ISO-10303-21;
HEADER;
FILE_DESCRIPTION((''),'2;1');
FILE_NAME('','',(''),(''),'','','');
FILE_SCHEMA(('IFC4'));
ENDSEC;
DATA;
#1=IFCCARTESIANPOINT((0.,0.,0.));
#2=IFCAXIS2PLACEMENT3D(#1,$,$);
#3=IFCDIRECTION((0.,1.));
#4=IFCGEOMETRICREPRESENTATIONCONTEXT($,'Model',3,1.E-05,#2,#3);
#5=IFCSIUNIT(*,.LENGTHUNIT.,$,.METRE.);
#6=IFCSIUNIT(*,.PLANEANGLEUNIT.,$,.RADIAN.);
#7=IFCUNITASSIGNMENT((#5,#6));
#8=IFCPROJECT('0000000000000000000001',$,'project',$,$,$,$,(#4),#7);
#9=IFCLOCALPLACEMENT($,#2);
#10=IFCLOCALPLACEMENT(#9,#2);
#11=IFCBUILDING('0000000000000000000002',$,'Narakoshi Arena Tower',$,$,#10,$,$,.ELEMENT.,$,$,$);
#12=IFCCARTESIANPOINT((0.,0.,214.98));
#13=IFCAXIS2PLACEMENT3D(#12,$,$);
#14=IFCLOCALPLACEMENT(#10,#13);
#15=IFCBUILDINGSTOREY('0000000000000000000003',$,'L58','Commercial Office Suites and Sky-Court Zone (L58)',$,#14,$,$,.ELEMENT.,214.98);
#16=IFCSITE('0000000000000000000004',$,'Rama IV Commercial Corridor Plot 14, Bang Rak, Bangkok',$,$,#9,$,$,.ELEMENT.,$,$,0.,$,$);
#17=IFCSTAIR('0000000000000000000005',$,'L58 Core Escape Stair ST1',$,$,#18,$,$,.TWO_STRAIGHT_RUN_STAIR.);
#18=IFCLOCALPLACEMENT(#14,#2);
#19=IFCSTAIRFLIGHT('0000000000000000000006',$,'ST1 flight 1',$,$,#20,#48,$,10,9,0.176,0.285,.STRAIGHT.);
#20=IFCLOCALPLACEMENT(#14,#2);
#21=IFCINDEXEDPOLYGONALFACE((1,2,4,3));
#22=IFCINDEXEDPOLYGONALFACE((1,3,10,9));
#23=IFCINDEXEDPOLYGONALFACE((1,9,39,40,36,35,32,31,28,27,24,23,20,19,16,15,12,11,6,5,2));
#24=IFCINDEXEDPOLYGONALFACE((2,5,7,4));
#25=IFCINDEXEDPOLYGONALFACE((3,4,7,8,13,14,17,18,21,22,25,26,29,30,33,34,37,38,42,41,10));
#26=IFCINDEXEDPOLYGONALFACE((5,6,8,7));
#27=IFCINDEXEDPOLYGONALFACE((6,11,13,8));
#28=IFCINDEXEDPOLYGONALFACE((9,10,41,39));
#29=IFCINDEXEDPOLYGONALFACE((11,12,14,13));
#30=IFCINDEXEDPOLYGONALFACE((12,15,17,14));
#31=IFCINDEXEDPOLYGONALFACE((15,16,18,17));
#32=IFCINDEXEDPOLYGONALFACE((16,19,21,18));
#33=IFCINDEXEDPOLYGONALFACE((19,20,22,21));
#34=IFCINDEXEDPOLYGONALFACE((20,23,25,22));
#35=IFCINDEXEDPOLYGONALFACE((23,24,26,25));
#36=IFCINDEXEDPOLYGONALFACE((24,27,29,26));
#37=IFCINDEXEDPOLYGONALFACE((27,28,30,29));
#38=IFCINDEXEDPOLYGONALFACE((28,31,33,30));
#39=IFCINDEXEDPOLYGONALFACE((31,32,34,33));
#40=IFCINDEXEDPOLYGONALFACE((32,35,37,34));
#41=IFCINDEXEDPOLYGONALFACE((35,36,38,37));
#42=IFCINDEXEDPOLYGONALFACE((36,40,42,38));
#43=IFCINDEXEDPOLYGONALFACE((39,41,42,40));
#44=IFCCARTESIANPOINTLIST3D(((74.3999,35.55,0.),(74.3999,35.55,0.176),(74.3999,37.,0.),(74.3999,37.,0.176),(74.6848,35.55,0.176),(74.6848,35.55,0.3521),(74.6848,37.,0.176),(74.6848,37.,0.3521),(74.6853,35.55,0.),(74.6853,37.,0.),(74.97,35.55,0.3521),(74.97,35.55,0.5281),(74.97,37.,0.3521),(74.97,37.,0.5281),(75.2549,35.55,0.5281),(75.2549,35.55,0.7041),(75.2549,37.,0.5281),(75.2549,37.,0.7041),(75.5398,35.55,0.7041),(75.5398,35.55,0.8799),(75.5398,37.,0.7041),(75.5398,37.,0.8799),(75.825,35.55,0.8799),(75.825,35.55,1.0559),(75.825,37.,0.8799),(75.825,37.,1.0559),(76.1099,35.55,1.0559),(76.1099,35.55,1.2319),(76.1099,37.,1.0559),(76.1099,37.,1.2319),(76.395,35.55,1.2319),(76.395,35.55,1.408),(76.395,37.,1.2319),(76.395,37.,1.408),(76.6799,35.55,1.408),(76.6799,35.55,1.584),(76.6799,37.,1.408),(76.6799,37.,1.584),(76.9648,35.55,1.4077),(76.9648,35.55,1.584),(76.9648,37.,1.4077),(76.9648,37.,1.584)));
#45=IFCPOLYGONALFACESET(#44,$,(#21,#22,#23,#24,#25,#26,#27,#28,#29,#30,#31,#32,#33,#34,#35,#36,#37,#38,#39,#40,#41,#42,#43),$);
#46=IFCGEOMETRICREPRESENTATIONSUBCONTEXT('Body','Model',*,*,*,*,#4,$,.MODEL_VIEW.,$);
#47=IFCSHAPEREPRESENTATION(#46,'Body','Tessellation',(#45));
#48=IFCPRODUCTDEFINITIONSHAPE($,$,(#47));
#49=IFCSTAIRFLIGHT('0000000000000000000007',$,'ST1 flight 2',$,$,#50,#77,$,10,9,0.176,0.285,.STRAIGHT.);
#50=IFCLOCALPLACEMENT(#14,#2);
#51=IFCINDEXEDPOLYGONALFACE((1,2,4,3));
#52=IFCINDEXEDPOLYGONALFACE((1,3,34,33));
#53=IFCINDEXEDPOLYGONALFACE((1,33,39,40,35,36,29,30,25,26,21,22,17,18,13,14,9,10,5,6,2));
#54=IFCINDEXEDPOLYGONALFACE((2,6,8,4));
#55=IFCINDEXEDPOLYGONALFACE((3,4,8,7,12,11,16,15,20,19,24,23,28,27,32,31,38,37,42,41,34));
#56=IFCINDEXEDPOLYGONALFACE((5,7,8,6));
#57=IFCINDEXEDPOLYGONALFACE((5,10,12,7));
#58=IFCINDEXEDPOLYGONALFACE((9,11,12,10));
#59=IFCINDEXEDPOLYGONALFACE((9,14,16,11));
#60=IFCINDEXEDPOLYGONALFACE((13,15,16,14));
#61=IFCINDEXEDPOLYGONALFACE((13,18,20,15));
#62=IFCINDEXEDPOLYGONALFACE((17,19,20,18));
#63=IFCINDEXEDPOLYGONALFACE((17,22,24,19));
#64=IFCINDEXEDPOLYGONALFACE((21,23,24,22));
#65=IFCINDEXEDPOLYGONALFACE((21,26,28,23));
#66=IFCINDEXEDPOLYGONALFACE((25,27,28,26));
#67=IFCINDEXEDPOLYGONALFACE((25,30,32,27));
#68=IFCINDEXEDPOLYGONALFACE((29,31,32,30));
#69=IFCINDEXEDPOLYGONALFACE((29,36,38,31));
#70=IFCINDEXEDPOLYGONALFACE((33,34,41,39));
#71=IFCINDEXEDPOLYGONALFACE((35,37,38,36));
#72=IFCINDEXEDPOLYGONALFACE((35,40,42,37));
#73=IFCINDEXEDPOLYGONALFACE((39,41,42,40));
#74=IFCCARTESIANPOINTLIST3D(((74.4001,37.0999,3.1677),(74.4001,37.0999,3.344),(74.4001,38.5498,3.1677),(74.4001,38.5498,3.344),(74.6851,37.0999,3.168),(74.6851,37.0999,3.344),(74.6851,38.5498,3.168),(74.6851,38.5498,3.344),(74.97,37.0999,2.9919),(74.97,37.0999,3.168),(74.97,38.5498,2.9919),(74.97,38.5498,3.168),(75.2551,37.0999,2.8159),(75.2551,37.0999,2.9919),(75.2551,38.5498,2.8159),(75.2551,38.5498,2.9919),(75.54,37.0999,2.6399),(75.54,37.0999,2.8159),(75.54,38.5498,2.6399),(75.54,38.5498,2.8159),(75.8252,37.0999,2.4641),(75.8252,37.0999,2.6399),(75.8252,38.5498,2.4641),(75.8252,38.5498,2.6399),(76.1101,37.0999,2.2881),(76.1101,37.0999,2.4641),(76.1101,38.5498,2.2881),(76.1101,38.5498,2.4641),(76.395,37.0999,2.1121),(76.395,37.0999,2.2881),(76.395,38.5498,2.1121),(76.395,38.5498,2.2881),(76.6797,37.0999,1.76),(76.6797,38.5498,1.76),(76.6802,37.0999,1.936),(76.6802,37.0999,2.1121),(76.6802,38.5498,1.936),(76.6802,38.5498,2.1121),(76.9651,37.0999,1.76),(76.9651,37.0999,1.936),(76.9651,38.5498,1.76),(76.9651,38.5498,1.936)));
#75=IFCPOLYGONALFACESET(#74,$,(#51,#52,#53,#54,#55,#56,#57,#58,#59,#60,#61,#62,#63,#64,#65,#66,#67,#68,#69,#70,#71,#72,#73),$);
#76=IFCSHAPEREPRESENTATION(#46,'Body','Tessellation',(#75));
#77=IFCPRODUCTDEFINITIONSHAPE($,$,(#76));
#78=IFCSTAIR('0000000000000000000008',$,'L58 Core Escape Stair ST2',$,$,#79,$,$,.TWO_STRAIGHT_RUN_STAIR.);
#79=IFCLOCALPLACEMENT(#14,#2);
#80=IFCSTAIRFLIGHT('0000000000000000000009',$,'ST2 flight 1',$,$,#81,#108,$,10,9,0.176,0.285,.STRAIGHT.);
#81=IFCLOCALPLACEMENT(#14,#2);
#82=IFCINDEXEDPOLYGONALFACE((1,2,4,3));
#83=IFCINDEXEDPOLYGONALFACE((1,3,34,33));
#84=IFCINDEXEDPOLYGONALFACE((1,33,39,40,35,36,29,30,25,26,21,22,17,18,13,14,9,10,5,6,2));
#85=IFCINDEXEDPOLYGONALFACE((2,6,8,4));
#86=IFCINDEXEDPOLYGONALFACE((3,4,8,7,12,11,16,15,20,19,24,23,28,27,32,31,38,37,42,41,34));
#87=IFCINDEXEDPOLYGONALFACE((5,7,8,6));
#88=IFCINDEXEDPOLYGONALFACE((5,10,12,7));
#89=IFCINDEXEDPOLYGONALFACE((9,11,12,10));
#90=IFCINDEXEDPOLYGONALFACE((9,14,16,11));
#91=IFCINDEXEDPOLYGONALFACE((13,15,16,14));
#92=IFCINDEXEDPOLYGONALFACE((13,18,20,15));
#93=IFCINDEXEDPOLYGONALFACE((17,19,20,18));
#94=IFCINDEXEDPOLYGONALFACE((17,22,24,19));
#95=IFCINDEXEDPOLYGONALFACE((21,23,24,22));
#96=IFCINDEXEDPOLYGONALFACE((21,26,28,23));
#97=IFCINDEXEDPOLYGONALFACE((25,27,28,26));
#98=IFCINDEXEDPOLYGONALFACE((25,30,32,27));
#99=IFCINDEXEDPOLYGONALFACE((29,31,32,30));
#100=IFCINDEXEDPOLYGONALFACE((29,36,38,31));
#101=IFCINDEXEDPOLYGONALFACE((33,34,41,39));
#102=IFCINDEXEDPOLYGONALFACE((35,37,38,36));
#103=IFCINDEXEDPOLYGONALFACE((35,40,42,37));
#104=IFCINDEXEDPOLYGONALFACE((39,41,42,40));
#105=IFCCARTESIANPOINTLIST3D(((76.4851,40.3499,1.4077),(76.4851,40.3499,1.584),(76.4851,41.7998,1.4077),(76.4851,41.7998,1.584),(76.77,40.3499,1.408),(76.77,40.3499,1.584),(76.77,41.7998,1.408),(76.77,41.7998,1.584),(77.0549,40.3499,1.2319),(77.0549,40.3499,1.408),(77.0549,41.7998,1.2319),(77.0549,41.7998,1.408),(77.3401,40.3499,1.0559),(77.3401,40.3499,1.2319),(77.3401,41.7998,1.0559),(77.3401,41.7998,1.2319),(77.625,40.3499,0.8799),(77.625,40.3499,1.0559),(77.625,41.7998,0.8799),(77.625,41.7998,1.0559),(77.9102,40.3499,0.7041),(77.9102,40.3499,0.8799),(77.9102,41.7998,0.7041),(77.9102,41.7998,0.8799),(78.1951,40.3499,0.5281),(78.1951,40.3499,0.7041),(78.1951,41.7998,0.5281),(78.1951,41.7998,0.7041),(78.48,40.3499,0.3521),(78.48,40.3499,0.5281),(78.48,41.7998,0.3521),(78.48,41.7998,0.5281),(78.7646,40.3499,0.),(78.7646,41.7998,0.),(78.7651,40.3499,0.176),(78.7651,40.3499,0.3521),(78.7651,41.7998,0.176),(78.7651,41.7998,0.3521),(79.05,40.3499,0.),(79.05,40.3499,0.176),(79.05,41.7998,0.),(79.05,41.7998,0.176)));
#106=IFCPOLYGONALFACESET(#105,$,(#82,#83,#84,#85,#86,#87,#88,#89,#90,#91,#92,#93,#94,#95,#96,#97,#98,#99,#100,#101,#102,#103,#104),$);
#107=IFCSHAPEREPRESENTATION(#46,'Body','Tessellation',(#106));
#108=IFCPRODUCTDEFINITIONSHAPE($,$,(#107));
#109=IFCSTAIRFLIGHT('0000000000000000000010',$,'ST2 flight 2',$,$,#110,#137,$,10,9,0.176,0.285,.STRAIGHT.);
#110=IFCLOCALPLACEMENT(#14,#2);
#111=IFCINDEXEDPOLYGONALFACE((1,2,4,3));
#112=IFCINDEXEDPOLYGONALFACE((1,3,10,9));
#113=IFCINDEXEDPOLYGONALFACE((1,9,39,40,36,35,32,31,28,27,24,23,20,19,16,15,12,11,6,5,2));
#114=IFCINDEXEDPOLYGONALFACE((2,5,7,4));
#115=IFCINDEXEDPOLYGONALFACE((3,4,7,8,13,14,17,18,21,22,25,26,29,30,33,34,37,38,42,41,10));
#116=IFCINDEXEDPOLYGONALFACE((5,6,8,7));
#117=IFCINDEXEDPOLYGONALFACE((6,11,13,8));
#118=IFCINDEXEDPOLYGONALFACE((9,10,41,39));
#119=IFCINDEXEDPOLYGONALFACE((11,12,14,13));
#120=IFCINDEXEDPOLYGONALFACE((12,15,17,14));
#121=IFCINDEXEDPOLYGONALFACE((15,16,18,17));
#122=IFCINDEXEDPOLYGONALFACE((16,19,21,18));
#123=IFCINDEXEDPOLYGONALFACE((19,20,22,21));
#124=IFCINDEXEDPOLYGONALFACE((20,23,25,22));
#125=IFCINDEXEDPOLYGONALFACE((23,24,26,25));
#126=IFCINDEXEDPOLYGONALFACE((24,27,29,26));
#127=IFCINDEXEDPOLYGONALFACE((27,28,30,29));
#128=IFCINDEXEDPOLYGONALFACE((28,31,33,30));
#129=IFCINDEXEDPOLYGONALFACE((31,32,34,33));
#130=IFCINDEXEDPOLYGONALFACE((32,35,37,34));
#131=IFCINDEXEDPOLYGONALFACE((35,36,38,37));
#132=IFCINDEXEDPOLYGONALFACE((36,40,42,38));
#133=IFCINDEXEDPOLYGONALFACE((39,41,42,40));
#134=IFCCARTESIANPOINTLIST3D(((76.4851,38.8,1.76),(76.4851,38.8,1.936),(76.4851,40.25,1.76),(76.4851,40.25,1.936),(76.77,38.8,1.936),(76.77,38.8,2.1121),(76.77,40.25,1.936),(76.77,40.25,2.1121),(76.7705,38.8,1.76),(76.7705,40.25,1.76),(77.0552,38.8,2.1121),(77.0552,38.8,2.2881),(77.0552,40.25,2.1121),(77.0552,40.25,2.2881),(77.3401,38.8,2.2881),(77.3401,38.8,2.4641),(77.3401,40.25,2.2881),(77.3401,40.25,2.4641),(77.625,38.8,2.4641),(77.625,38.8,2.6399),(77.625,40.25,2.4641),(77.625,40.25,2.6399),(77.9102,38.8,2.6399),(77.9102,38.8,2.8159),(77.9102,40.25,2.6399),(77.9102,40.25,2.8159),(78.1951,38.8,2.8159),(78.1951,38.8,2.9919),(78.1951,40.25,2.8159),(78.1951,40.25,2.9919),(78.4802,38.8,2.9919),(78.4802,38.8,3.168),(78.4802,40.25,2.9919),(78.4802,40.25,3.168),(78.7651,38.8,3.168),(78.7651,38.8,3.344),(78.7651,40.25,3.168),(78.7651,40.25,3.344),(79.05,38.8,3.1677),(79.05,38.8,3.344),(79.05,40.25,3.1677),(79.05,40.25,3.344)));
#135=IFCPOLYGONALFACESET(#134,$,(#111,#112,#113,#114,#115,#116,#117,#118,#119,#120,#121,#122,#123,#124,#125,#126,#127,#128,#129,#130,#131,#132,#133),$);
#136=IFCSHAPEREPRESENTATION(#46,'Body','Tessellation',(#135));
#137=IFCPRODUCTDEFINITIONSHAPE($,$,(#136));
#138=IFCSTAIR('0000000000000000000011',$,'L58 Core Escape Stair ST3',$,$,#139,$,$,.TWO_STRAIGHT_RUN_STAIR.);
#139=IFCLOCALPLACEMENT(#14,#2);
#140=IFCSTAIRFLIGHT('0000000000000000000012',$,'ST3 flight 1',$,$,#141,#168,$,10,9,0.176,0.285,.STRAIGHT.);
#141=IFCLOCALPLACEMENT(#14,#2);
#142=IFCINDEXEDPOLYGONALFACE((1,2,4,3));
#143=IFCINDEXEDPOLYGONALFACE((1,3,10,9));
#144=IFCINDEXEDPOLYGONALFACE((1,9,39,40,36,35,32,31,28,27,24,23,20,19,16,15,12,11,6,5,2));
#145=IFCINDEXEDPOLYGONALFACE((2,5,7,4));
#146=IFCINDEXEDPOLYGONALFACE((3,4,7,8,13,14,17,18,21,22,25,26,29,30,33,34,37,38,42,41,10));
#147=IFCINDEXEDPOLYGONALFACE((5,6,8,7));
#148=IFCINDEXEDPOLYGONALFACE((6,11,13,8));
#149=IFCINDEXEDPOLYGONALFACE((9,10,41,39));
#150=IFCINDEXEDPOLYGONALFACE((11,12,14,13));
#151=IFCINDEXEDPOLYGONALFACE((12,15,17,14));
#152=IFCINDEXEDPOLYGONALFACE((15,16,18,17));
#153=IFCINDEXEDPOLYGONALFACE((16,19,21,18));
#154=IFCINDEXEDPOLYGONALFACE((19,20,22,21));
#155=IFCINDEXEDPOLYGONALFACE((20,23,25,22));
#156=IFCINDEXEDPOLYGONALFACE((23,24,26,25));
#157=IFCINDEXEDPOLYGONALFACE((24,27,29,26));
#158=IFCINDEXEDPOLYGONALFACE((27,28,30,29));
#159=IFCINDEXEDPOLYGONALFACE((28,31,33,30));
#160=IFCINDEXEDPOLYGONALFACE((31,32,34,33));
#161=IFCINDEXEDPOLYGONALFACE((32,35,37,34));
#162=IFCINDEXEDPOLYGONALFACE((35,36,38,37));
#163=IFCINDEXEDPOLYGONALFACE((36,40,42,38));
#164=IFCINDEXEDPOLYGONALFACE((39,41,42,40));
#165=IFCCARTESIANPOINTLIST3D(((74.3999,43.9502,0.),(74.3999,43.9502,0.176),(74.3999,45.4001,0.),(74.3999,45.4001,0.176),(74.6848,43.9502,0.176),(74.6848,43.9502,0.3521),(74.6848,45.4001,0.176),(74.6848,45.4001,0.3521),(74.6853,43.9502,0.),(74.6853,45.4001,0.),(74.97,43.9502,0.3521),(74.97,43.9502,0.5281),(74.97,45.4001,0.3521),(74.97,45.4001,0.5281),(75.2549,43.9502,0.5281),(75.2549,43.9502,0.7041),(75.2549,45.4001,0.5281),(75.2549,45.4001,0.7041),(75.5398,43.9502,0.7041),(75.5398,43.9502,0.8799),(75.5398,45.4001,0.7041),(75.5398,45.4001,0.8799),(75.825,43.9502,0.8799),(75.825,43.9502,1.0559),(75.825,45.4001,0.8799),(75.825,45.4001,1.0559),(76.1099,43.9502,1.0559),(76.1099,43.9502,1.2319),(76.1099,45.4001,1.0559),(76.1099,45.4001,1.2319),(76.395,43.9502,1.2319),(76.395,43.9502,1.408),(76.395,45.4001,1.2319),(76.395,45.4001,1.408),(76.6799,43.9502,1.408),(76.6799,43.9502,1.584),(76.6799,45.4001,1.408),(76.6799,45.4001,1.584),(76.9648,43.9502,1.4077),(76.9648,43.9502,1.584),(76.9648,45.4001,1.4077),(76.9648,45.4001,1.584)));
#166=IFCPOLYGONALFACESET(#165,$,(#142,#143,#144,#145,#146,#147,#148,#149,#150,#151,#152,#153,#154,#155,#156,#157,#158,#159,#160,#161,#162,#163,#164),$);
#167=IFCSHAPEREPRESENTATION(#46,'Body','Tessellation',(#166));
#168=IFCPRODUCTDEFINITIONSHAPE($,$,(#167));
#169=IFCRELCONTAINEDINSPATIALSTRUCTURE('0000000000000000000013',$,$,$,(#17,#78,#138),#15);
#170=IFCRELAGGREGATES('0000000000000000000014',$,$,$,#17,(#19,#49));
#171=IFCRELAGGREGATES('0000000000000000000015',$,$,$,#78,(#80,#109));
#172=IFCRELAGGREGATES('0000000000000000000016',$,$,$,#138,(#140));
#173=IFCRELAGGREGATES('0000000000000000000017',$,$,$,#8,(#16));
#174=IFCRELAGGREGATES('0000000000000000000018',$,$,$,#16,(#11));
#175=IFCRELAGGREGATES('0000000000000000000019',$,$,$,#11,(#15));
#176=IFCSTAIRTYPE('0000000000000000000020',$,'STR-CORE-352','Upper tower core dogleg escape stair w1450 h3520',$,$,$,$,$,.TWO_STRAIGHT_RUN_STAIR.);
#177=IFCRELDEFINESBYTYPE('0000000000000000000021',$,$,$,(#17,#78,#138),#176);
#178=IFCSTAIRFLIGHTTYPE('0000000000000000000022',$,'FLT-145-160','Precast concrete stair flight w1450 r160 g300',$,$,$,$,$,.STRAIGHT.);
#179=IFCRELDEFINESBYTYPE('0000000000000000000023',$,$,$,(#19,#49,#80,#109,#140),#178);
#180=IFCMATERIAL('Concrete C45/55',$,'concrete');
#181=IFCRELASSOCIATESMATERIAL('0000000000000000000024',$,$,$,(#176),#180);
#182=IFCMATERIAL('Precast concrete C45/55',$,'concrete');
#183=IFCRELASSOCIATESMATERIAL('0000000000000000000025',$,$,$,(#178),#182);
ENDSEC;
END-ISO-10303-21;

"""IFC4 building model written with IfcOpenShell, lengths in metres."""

from ifc_helpers import new_model, si_unit, direction, frame, origin, place, context, subcontext, project, spatial, polyline, outline, extrude, material, type_object, element, aggregate, save


model = new_model("IFC4")

# Units and contexts
model_context = context("Model", 3, precision=1e-05, world=origin(), true_north=direction((0.0, 1.0)))
body_context = subcontext(model_context, "Body", "Model", "MODEL_VIEW")
ifc_project = project(units=[si_unit("LENGTHUNIT", "METRE"), si_unit("PLANEANGLEUNIT", "RADIAN")], contexts=[model_context])

# Site, building, storey
site_placement = place(None, origin())
site = spatial("IfcSite", under=ifc_project, at=site_placement, Name="Rama IV Commercial Corridor Plot 14, Bang Rak, Bangkok", CompositionType="ELEMENT", RefElevation=0.0)
building_placement = place(site_placement, origin())
building = spatial("IfcBuilding", under=site, at=building_placement, Name="Narakoshi Arena Tower", CompositionType="ELEMENT")
storey_placement = place(building_placement, frame((0.0, 0.0, 214.98)))
storey = spatial("IfcBuildingStorey", under=building, at=storey_placement, Name="L58", Description="Commercial Office Suites and Sky-Court Zone (L58)", CompositionType="ELEMENT", Elevation=214.98)

# Shared definitions
ifc_material_1 = material(Name="Precast concrete C45/55", Category="concrete")

# Stairs, stair flights
ifc_material_2 = material(Name="Concrete C45/55", Category="concrete")
stair_type = type_object("IfcStairType", Name="STR-CORE-352", Description="Upper tower core dogleg escape stair w1450 h3520", PredefinedType="TWO_STRAIGHT_RUN_STAIR", material=ifc_material_2)
stair_1_placement = place(storey_placement, origin())
stair_1 = element("IfcStair", 1, at=stair_1_placement, inside=storey, type_object=stair_type, Name="L58 Core Escape Stair ST1", PredefinedType="TWO_STRAIGHT_RUN_STAIR")
stair_flight_type = type_object("IfcStairFlightType", Name="FLT-145-160", Description="Precast concrete stair flight w1450 r160 g300", PredefinedType="STRAIGHT", material=ifc_material_1)
stair_flight_1_placement = place(storey_placement, frame((74.3999, 36.2749, 0.0), z_axis=(0.0, 0.0, 1.0), x_axis=(1.0, 0.0, 0.0)))
stair_flight_1 = element("IfcStairFlight", 2, at=stair_flight_1_placement, type_object=stair_flight_type, Name="ST1 flight 1", NumberOfRisers=10, NumberOfTreads=9, PredefinedType="STRAIGHT", RiserHeight=0.176, TreadLength=0.285, context=body_context, shape_type="SweptSolid", body=[
    extrude(outline(polyline([(0.0, 0.0), (0.0, 0.176), (0.2849, 0.176), (0.2849, 0.3521), (0.5701, 0.3521), (0.5701, 0.5281), (0.855, 0.5281), (0.855, 0.7041), (1.1399, 0.7041), (1.1399, 0.8799), (1.425, 0.8799), (1.425, 1.0559), (1.71, 1.0559), (1.71, 1.2319), (1.9951, 1.2319), (1.9951, 1.408), (2.28, 1.408), (2.28, 1.584), (2.5649, 1.584), (2.5649, 1.76), (2.5649, 1.4077), (0.2854, 0.0), (0.0, 0.0)])), frame((0.0, 0.7251, 0.0), z_axis=(0.0, -1.0, 0.0), x_axis=(1.0, 0.0, 0.0)), (0.0, 0.0, 1.0), 1.45),
])
stair_flight_2_placement = place(storey_placement, frame((76.9651, 37.825, 1.76), z_axis=(0.0, 0.0, 1.0), x_axis=(-1.0, 0.0, 0.0)))
stair_flight_2 = element("IfcStairFlight", 3, at=stair_flight_2_placement, type_object=stair_flight_type, Name="ST1 flight 2", NumberOfRisers=10, NumberOfTreads=9, PredefinedType="STRAIGHT", RiserHeight=0.176, TreadLength=0.285, context=body_context, shape_type="SweptSolid", body=[
    extrude(outline(polyline([(0.0, 0.0), (0.0, 0.176), (0.2849, 0.176), (0.2849, 0.3521), (0.5701, 0.3521), (0.5701, 0.5281), (0.855, 0.5281), (0.855, 0.7041), (1.1399, 0.7041), (1.1399, 0.8799), (1.425, 0.8799), (1.425, 1.0559), (1.71, 1.0559), (1.71, 1.2319), (1.9951, 1.2319), (1.9951, 1.408), (2.28, 1.408), (2.28, 1.584), (2.5649, 1.584), (2.5649, 1.76), (2.5649, 1.4077), (0.2854, 0.0), (0.0, 0.0)])), frame((0.0, 0.7251, 0.0), z_axis=(0.0, -1.0, 0.0), x_axis=(1.0, 0.0, 0.0)), (0.0, 0.0, 1.0), 1.45),
])
aggregate(stair_1, [stair_flight_1, stair_flight_2])
stair_2_placement = place(storey_placement, origin())
stair_2 = element("IfcStair", 4, at=stair_2_placement, inside=storey, type_object=stair_type, Name="L58 Core Escape Stair ST2", PredefinedType="TWO_STRAIGHT_RUN_STAIR")
stair_flight_3_placement = place(storey_placement, frame((79.05, 41.075, 0.0), z_axis=(0.0, 0.0, 1.0), x_axis=(-1.0, 0.0, 0.0)))
stair_flight_3 = element("IfcStairFlight", 5, at=stair_flight_3_placement, type_object=stair_flight_type, Name="ST2 flight 1", NumberOfRisers=10, NumberOfTreads=9, PredefinedType="STRAIGHT", RiserHeight=0.176, TreadLength=0.285, context=body_context, shape_type="SweptSolid", body=[
    extrude(outline(polyline([(0.0, 0.0), (0.0, 0.176), (0.2849, 0.176), (0.2849, 0.3521), (0.5701, 0.3521), (0.5701, 0.5281), (0.855, 0.5281), (0.855, 0.7041), (1.1399, 0.7041), (1.1399, 0.8799), (1.425, 0.8799), (1.425, 1.0559), (1.71, 1.0559), (1.71, 1.2319), (1.9951, 1.2319), (1.9951, 1.408), (2.28, 1.408), (2.28, 1.584), (2.5649, 1.584), (2.5649, 1.76), (2.5649, 1.4077), (0.2854, 0.0), (0.0, 0.0)])), frame((0.0, 0.7251, 0.0), z_axis=(0.0, -1.0, 0.0), x_axis=(1.0, 0.0, 0.0)), (0.0, 0.0, 1.0), 1.45),
])
stair_flight_4_placement = place(storey_placement, frame((76.4851, 39.5249, 1.76), z_axis=(0.0, 0.0, 1.0), x_axis=(1.0, 0.0, 0.0)))
stair_flight_4 = element("IfcStairFlight", 6, at=stair_flight_4_placement, type_object=stair_flight_type, Name="ST2 flight 2", NumberOfRisers=10, NumberOfTreads=9, PredefinedType="STRAIGHT", RiserHeight=0.176, TreadLength=0.285, context=body_context, shape_type="SweptSolid", body=[
    extrude(outline(polyline([(0.0, 0.0), (0.0, 0.176), (0.2849, 0.176), (0.2849, 0.3521), (0.5701, 0.3521), (0.5701, 0.5281), (0.855, 0.5281), (0.855, 0.7041), (1.1399, 0.7041), (1.1399, 0.8799), (1.425, 0.8799), (1.425, 1.0559), (1.71, 1.0559), (1.71, 1.2319), (1.9951, 1.2319), (1.9951, 1.408), (2.28, 1.408), (2.28, 1.584), (2.5649, 1.584), (2.5649, 1.76), (2.5649, 1.4077), (0.2854, 0.0), (0.0, 0.0)])), frame((0.0, 0.7251, 0.0), z_axis=(0.0, -1.0, 0.0), x_axis=(1.0, 0.0, 0.0)), (0.0, 0.0, 1.0), 1.45),
])
aggregate(stair_2, [stair_flight_3, stair_flight_4])

# Stair, stair flight
stair_3_placement = place(storey_placement, origin())
stair_3 = element("IfcStair", 7, at=stair_3_placement, inside=storey, type_object=stair_type, Name="L58 Core Escape Stair ST3", PredefinedType="TWO_STRAIGHT_RUN_STAIR")
stair_flight_5_placement = place(storey_placement, frame((74.3999, 44.675, 0.0), z_axis=(0.0, 0.0, 1.0), x_axis=(1.0, 0.0, 0.0)))
stair_flight_5 = element("IfcStairFlight", 8, at=stair_flight_5_placement, type_object=stair_flight_type, Name="ST3 flight 1", NumberOfRisers=10, NumberOfTreads=9, PredefinedType="STRAIGHT", RiserHeight=0.176, TreadLength=0.285, context=body_context, shape_type="SweptSolid", body=[
    extrude(outline(polyline([(0.0, 0.0), (0.0, 0.176), (0.2849, 0.176), (0.2849, 0.3521), (0.5701, 0.3521), (0.5701, 0.5281), (0.855, 0.5281), (0.855, 0.7041), (1.1399, 0.7041), (1.1399, 0.8799), (1.425, 0.8799), (1.425, 1.0559), (1.71, 1.0559), (1.71, 1.2319), (1.9951, 1.2319), (1.9951, 1.408), (2.28, 1.408), (2.28, 1.584), (2.5649, 1.584), (2.5649, 1.76), (2.5649, 1.4077), (0.2854, 0.0), (0.0, 0.0)])), frame((0.0, 0.7251, 0.0), z_axis=(0.0, -1.0, 0.0), x_axis=(1.0, 0.0, 0.0)), (0.0, 0.0, 1.0), 1.45),
])
aggregate(stair_3, [stair_flight_5])

save(model, "model.ifc")
